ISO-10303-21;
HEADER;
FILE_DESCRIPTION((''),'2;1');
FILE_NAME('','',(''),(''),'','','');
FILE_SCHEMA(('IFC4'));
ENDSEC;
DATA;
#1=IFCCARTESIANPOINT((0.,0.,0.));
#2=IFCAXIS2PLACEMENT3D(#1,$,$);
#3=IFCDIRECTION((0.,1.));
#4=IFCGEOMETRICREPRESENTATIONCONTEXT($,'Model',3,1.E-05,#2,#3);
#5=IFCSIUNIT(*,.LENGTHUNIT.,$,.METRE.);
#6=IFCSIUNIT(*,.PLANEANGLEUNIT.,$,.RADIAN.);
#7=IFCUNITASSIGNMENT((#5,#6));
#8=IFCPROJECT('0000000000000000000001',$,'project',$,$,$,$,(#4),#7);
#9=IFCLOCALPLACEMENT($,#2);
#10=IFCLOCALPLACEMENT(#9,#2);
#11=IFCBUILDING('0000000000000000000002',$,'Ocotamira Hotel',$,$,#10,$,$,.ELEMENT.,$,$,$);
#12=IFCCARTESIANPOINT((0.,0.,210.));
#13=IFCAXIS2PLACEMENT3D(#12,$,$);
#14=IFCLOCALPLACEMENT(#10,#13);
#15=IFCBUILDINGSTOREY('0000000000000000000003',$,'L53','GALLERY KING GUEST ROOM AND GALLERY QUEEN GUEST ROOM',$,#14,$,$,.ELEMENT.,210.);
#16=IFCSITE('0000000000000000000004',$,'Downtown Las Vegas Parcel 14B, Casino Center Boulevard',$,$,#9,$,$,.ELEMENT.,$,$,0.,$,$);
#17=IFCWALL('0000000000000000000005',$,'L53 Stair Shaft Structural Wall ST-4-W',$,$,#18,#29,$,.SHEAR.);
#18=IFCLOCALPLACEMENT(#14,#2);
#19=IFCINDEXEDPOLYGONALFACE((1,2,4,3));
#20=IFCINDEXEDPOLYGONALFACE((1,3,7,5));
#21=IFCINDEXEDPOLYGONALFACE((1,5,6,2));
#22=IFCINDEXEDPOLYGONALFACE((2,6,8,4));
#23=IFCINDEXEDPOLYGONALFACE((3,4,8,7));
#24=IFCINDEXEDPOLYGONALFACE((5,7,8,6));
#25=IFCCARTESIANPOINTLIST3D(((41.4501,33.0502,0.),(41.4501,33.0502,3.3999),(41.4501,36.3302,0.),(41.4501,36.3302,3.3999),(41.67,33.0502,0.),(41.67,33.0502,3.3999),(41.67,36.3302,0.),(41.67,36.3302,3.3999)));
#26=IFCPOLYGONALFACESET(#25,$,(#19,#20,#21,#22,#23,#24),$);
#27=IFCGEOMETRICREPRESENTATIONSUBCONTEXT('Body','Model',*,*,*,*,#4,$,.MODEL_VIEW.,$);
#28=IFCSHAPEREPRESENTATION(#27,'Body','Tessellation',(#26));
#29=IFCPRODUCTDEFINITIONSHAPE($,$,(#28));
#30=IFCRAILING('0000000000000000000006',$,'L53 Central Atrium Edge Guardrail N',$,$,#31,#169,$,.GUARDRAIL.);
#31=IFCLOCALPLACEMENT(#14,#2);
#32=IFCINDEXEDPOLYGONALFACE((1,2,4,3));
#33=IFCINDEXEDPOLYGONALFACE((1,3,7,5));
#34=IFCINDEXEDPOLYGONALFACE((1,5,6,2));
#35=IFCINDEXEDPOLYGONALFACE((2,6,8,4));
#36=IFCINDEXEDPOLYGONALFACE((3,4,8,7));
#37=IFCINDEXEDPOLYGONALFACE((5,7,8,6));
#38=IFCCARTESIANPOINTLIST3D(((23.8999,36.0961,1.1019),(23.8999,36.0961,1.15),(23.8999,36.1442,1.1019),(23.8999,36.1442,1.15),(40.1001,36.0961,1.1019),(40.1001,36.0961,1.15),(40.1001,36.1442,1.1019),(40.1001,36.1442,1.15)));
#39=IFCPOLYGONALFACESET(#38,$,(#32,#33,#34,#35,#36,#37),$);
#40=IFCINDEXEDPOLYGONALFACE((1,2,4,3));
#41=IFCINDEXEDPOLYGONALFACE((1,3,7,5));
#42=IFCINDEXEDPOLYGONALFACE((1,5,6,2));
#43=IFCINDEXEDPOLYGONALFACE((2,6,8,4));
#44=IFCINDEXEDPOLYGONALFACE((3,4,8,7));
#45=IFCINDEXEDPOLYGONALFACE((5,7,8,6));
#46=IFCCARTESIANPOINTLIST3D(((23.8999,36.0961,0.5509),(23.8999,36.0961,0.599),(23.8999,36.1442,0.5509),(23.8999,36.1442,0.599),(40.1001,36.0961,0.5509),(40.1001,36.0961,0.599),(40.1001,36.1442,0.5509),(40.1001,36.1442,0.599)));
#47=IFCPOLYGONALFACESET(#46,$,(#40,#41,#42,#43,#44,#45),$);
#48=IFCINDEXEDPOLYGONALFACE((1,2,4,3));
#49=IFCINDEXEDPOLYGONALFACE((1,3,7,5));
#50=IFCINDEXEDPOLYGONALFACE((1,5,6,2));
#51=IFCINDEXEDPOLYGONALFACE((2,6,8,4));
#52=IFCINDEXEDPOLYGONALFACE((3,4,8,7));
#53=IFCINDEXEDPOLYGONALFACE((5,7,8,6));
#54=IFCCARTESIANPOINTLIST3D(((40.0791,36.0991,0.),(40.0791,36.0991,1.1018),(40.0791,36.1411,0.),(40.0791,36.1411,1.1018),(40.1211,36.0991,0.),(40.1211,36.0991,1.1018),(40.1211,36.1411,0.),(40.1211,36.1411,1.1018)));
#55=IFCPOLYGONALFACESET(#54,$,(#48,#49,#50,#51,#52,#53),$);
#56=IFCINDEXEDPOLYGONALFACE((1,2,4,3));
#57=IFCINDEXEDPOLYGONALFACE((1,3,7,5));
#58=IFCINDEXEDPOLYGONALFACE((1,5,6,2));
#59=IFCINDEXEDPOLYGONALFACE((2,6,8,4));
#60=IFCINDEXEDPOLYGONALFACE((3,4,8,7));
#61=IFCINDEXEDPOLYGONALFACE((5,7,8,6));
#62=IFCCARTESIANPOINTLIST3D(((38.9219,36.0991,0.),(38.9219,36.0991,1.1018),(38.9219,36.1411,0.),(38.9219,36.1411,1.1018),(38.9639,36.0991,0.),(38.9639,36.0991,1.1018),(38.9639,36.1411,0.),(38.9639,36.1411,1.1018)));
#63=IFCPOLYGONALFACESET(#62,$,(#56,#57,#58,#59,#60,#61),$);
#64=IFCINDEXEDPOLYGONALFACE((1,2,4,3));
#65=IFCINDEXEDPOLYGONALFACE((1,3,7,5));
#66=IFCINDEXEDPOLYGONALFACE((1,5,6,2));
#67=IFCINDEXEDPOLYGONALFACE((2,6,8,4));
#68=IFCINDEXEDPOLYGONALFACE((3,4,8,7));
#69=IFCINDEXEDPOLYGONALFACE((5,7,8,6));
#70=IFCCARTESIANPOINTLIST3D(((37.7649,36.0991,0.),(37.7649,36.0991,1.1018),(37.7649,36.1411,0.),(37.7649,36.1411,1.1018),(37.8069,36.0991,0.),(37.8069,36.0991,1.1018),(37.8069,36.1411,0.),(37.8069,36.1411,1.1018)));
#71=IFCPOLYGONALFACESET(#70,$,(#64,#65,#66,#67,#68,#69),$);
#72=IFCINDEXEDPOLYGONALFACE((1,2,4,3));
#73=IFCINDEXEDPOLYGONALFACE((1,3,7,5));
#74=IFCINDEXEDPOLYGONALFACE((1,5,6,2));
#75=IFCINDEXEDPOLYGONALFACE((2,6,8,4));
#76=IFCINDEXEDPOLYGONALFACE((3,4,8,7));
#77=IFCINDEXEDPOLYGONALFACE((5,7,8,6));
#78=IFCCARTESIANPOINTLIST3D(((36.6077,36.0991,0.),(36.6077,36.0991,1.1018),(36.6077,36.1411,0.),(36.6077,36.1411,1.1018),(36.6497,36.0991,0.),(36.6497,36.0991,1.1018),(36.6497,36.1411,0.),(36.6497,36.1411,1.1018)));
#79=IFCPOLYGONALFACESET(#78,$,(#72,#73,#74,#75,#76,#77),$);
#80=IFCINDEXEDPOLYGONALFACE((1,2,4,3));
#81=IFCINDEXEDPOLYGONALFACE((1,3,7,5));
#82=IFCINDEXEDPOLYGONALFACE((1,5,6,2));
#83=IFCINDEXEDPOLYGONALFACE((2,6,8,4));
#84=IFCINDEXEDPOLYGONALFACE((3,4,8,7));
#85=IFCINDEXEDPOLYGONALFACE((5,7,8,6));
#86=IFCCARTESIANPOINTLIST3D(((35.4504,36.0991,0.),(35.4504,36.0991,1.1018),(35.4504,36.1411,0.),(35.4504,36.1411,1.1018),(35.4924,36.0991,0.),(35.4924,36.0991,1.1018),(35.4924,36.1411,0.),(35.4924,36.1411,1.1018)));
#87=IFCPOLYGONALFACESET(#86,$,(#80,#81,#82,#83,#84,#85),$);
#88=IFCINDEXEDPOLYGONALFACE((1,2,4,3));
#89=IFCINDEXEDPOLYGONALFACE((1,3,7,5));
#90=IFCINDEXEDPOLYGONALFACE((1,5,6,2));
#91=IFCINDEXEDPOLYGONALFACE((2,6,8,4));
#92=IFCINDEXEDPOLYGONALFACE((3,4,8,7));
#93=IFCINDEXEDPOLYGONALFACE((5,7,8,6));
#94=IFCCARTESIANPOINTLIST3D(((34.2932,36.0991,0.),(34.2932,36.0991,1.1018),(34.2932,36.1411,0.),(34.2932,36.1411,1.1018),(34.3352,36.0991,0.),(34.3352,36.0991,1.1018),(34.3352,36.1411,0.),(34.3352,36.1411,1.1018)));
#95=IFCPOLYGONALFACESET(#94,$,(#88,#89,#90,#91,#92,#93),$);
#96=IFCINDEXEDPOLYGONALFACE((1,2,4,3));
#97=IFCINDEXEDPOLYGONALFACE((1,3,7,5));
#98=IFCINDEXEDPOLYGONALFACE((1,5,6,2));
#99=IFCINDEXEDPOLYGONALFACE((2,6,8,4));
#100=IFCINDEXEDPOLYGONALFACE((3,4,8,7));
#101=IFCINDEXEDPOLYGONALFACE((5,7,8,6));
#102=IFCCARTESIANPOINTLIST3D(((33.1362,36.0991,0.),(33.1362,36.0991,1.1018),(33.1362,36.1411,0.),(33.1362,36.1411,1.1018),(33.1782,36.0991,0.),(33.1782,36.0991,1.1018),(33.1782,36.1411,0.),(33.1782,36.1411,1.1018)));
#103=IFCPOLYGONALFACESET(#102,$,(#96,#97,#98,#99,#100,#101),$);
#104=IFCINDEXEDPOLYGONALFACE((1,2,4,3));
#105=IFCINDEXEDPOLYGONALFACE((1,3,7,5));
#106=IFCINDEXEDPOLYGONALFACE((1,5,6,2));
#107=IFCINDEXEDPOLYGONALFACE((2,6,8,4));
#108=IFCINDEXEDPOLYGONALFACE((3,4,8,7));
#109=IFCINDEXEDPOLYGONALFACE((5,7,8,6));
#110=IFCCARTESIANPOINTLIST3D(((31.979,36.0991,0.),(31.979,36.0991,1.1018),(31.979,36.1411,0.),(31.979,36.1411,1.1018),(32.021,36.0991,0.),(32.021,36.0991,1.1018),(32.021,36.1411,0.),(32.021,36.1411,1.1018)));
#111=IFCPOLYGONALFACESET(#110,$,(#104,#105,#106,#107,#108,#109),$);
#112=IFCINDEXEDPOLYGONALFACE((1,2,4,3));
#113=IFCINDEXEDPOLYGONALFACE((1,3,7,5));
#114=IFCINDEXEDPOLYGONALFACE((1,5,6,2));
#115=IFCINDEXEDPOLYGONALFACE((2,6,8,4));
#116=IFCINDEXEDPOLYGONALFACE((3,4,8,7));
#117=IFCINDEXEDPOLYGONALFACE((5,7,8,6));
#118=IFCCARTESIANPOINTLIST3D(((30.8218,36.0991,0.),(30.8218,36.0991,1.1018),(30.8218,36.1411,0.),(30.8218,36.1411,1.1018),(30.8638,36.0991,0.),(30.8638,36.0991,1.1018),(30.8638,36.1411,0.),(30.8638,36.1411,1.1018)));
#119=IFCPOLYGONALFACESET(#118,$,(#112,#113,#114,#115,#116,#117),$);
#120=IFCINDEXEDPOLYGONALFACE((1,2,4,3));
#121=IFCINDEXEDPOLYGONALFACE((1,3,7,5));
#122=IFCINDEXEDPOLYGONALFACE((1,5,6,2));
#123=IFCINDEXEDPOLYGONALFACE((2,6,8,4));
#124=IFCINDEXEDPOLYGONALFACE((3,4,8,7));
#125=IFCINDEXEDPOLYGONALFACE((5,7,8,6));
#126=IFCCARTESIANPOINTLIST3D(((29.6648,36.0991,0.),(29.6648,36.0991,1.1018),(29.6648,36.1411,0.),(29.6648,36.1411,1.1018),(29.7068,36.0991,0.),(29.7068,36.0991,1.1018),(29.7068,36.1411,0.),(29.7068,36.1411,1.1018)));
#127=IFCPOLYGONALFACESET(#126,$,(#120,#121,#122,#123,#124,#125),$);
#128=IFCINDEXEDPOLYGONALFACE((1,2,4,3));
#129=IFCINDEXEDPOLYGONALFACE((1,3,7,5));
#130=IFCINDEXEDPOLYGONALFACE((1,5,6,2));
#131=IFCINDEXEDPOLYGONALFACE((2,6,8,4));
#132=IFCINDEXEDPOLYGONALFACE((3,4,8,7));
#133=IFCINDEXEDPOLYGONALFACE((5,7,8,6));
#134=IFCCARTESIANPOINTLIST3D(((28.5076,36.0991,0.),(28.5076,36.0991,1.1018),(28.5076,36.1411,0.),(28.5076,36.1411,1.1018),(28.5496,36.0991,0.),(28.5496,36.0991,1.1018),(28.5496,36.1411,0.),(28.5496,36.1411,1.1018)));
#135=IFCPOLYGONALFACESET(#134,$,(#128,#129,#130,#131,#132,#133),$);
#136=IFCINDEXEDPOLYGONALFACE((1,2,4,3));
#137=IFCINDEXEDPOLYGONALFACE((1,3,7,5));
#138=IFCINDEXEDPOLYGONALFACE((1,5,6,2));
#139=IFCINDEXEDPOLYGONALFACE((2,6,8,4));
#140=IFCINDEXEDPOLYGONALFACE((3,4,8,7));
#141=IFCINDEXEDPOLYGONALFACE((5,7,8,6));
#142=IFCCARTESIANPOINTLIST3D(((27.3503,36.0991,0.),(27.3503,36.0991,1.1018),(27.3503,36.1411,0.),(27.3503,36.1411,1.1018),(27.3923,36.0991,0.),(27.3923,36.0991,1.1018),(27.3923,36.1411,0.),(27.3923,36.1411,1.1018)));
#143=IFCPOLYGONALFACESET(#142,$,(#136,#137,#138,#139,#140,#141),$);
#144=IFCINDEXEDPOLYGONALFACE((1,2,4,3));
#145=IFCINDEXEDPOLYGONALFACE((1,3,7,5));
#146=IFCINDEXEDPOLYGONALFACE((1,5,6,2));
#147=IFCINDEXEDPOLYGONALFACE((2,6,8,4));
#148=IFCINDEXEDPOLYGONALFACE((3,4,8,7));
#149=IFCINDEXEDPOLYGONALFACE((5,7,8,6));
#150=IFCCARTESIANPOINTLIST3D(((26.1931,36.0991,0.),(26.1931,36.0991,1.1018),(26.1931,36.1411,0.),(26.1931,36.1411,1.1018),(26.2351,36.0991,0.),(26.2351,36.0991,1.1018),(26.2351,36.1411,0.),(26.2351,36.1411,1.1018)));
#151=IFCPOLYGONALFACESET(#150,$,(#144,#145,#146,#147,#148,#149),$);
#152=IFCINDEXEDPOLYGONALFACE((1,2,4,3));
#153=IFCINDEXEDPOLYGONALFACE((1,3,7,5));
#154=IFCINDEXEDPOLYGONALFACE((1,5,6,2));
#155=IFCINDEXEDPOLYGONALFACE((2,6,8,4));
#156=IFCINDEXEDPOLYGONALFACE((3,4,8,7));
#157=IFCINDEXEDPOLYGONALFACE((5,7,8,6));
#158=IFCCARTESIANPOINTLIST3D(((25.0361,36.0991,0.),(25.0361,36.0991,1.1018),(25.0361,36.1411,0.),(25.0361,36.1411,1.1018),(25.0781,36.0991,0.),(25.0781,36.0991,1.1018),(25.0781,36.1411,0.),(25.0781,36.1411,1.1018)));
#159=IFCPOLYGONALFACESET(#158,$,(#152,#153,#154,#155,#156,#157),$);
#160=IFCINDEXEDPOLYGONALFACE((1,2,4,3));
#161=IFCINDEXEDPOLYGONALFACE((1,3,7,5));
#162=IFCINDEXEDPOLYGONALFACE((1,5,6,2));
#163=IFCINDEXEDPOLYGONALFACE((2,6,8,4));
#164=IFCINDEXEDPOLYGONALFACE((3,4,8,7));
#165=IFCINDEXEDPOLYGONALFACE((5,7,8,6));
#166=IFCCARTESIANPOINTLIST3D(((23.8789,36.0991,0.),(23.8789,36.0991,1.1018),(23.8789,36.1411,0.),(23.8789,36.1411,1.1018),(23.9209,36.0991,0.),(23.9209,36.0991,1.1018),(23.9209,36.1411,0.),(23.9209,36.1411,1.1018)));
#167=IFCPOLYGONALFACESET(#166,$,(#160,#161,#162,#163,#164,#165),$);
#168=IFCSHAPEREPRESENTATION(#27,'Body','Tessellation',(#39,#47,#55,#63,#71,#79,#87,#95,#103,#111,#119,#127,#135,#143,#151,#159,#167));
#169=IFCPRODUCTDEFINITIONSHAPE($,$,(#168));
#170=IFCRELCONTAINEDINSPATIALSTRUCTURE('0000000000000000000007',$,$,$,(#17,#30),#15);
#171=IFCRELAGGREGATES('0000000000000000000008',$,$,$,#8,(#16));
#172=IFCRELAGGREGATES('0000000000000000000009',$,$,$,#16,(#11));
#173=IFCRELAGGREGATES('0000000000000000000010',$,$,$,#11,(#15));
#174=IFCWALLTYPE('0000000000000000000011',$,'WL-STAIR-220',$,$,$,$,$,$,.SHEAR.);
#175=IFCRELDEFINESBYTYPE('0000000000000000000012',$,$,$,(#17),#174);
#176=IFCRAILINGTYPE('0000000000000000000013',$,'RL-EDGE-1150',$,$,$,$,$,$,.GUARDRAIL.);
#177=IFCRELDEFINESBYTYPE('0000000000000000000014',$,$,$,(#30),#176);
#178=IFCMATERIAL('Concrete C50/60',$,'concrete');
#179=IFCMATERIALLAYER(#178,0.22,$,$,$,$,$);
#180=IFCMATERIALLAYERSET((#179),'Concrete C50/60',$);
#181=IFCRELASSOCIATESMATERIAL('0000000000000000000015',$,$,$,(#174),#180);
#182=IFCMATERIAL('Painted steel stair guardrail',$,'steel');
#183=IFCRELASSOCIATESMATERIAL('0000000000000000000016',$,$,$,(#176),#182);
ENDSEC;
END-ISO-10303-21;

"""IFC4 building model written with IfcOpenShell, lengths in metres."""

from ifc_helpers import new_model, si_unit, direction, frame, frame_2d, origin, origin_2d, place, context, subcontext, project, spatial, rectangle, extrude, material, layer, layer_set, type_object, element, save


model = new_model("IFC4")

# Units and contexts
model_context = context("Model", 3, precision=1e-05, world=origin(), true_north=direction((0.0, 1.0)))
body_context = subcontext(model_context, "Body", "Model", "MODEL_VIEW")
ifc_project = project(units=[si_unit("LENGTHUNIT", "METRE"), si_unit("PLANEANGLEUNIT", "RADIAN")], contexts=[model_context])

# Site, building, storey
site_placement = place(None, origin())
site = spatial("IfcSite", under=ifc_project, at=site_placement, Name="Downtown Las Vegas Parcel 14B, Casino Center Boulevard", CompositionType="ELEMENT", RefElevation=0.0)
building_placement = place(site_placement, origin())
building = spatial("IfcBuilding", under=site, at=building_placement, Name="Ocotamira Hotel", CompositionType="ELEMENT")
storey_placement = place(building_placement, frame((0.0, 0.0, 210.0)))
storey = spatial("IfcBuildingStorey", under=building, at=storey_placement, Name="L53", Description="GALLERY KING GUEST ROOM AND GALLERY QUEEN GUEST ROOM", CompositionType="ELEMENT", Elevation=210.0)

# Shared definitions
ifc_material_1 = material(Name="Concrete C50/60", Category="concrete")

# Shared definitions
ifc_layer_1 = layer(ifc_material_1, 0.22)
ifc_layer_set_1 = layer_set([ifc_layer_1], Name="Concrete C50/60")
wall_type_1 = type_object("IfcWallType", Name="WL-STAIR-220", PredefinedType="SHEAR", material=ifc_layer_set_1)

# Wall
wall_1_placement = place(storey_placement, frame((41.5601, 33.05, 0.0), z_axis=(0.0, 0.0, 1.0), x_axis=(0.0, 1.0, 0.0)))
element("IfcWall", 1, at=wall_1_placement, inside=storey, type_object=wall_type_1, Name="L53 Stair Shaft Structural Wall ST-4-W", PredefinedType="SHEAR", context=body_context, shape_type="SweptSolid", body=[
    extrude(rectangle(XDim=3.28, YDim=0.22, at=frame_2d((1.6401, 0.0))), origin(), (0.0, 0.0, 1.0), 3.3999),
])

# Railing
ifc_material_2 = material(Name="Painted steel stair guardrail", Category="steel")
railing_type = type_object("IfcRailingType", Name="RL-EDGE-1150", PredefinedType="GUARDRAIL", material=ifc_material_2)
railing_placement = place(storey_placement, frame((40.1001, 36.1201, 0.0)))
element("IfcRailing", 2, at=railing_placement, inside=storey, type_object=railing_type, Name="L53 Central Atrium Edge Guardrail N", PredefinedType="GUARDRAIL", context=body_context, shape_type="SweptSolid", body=[
    extrude(rectangle(XDim=0.0481, YDim=0.0481, at=origin_2d()), frame((0.0, 0.0, 1.126), z_axis=(-1.0, 0.0, 0.0), x_axis=(0.0, -1.0, 0.0)), (0.0, 0.0, 1.0), 16.2002),
    extrude(rectangle(XDim=0.0481, YDim=0.0481, at=origin_2d()), frame((0.0, 0.0, 0.575), z_axis=(-1.0, 0.0, 0.0), x_axis=(0.0, -1.0, 0.0)), (0.0, 0.0, 1.0), 16.2002),
    extrude(rectangle(XDim=0.042, YDim=0.042, at=origin_2d()), origin(), (0.0, 0.0, 1.0), 1.1018),
    extrude(rectangle(XDim=0.042, YDim=0.042, at=origin_2d()), frame((-1.1572, 0.0, 0.0)), (0.0, 0.0, 1.0), 1.1018),
    extrude(rectangle(XDim=0.042, YDim=0.042, at=origin_2d()), frame((-2.3142, 0.0, 0.0)), (0.0, 0.0, 1.0), 1.1018),
    extrude(rectangle(XDim=0.042, YDim=0.042, at=origin_2d()), frame((-3.4714, 0.0, 0.0)), (0.0, 0.0, 1.0), 1.1018),
    extrude(rectangle(XDim=0.042, YDim=0.042, at=origin_2d()), frame((-4.6287, 0.0, 0.0)), (0.0, 0.0, 1.0), 1.1018),
    extrude(rectangle(XDim=0.042, YDim=0.042, at=origin_2d()), frame((-5.7859, 0.0, 0.0)), (0.0, 0.0, 1.0), 1.1018),
    extrude(rectangle(XDim=0.042, YDim=0.042, at=origin_2d()), frame((-6.9429, 0.0, 0.0)), (0.0, 0.0, 1.0), 1.1018),
    extrude(rectangle(XDim=0.042, YDim=0.042, at=origin_2d()), frame((-8.1001, 0.0, 0.0)), (0.0, 0.0, 1.0), 1.1018),
    extrude(rectangle(XDim=0.042, YDim=0.042, at=origin_2d()), frame((-9.2573, 0.0, 0.0)), (0.0, 0.0, 1.0), 1.1018),
    extrude(rectangle(XDim=0.042, YDim=0.042, at=origin_2d()), frame((-10.4143, 0.0, 0.0)), (0.0, 0.0, 1.0), 1.1018),
    extrude(rectangle(XDim=0.042, YDim=0.042, at=origin_2d()), frame((-11.5715, 0.0, 0.0)), (0.0, 0.0, 1.0), 1.1018),
    extrude(rectangle(XDim=0.042, YDim=0.042, at=origin_2d()), frame((-12.7288, 0.0, 0.0)), (0.0, 0.0, 1.0), 1.1018),
    extrude(rectangle(XDim=0.042, YDim=0.042, at=origin_2d()), frame((-13.886, 0.0, 0.0)), (0.0, 0.0, 1.0), 1.1018),
    extrude(rectangle(XDim=0.042, YDim=0.042, at=origin_2d()), frame((-15.043, 0.0, 0.0)), (0.0, 0.0, 1.0), 1.1018),
    extrude(rectangle(XDim=0.042, YDim=0.042, at=origin_2d()), frame((-16.2002, 0.0, 0.0)), (0.0, 0.0, 1.0), 1.1018),
])

save(model, "model.ifc")
